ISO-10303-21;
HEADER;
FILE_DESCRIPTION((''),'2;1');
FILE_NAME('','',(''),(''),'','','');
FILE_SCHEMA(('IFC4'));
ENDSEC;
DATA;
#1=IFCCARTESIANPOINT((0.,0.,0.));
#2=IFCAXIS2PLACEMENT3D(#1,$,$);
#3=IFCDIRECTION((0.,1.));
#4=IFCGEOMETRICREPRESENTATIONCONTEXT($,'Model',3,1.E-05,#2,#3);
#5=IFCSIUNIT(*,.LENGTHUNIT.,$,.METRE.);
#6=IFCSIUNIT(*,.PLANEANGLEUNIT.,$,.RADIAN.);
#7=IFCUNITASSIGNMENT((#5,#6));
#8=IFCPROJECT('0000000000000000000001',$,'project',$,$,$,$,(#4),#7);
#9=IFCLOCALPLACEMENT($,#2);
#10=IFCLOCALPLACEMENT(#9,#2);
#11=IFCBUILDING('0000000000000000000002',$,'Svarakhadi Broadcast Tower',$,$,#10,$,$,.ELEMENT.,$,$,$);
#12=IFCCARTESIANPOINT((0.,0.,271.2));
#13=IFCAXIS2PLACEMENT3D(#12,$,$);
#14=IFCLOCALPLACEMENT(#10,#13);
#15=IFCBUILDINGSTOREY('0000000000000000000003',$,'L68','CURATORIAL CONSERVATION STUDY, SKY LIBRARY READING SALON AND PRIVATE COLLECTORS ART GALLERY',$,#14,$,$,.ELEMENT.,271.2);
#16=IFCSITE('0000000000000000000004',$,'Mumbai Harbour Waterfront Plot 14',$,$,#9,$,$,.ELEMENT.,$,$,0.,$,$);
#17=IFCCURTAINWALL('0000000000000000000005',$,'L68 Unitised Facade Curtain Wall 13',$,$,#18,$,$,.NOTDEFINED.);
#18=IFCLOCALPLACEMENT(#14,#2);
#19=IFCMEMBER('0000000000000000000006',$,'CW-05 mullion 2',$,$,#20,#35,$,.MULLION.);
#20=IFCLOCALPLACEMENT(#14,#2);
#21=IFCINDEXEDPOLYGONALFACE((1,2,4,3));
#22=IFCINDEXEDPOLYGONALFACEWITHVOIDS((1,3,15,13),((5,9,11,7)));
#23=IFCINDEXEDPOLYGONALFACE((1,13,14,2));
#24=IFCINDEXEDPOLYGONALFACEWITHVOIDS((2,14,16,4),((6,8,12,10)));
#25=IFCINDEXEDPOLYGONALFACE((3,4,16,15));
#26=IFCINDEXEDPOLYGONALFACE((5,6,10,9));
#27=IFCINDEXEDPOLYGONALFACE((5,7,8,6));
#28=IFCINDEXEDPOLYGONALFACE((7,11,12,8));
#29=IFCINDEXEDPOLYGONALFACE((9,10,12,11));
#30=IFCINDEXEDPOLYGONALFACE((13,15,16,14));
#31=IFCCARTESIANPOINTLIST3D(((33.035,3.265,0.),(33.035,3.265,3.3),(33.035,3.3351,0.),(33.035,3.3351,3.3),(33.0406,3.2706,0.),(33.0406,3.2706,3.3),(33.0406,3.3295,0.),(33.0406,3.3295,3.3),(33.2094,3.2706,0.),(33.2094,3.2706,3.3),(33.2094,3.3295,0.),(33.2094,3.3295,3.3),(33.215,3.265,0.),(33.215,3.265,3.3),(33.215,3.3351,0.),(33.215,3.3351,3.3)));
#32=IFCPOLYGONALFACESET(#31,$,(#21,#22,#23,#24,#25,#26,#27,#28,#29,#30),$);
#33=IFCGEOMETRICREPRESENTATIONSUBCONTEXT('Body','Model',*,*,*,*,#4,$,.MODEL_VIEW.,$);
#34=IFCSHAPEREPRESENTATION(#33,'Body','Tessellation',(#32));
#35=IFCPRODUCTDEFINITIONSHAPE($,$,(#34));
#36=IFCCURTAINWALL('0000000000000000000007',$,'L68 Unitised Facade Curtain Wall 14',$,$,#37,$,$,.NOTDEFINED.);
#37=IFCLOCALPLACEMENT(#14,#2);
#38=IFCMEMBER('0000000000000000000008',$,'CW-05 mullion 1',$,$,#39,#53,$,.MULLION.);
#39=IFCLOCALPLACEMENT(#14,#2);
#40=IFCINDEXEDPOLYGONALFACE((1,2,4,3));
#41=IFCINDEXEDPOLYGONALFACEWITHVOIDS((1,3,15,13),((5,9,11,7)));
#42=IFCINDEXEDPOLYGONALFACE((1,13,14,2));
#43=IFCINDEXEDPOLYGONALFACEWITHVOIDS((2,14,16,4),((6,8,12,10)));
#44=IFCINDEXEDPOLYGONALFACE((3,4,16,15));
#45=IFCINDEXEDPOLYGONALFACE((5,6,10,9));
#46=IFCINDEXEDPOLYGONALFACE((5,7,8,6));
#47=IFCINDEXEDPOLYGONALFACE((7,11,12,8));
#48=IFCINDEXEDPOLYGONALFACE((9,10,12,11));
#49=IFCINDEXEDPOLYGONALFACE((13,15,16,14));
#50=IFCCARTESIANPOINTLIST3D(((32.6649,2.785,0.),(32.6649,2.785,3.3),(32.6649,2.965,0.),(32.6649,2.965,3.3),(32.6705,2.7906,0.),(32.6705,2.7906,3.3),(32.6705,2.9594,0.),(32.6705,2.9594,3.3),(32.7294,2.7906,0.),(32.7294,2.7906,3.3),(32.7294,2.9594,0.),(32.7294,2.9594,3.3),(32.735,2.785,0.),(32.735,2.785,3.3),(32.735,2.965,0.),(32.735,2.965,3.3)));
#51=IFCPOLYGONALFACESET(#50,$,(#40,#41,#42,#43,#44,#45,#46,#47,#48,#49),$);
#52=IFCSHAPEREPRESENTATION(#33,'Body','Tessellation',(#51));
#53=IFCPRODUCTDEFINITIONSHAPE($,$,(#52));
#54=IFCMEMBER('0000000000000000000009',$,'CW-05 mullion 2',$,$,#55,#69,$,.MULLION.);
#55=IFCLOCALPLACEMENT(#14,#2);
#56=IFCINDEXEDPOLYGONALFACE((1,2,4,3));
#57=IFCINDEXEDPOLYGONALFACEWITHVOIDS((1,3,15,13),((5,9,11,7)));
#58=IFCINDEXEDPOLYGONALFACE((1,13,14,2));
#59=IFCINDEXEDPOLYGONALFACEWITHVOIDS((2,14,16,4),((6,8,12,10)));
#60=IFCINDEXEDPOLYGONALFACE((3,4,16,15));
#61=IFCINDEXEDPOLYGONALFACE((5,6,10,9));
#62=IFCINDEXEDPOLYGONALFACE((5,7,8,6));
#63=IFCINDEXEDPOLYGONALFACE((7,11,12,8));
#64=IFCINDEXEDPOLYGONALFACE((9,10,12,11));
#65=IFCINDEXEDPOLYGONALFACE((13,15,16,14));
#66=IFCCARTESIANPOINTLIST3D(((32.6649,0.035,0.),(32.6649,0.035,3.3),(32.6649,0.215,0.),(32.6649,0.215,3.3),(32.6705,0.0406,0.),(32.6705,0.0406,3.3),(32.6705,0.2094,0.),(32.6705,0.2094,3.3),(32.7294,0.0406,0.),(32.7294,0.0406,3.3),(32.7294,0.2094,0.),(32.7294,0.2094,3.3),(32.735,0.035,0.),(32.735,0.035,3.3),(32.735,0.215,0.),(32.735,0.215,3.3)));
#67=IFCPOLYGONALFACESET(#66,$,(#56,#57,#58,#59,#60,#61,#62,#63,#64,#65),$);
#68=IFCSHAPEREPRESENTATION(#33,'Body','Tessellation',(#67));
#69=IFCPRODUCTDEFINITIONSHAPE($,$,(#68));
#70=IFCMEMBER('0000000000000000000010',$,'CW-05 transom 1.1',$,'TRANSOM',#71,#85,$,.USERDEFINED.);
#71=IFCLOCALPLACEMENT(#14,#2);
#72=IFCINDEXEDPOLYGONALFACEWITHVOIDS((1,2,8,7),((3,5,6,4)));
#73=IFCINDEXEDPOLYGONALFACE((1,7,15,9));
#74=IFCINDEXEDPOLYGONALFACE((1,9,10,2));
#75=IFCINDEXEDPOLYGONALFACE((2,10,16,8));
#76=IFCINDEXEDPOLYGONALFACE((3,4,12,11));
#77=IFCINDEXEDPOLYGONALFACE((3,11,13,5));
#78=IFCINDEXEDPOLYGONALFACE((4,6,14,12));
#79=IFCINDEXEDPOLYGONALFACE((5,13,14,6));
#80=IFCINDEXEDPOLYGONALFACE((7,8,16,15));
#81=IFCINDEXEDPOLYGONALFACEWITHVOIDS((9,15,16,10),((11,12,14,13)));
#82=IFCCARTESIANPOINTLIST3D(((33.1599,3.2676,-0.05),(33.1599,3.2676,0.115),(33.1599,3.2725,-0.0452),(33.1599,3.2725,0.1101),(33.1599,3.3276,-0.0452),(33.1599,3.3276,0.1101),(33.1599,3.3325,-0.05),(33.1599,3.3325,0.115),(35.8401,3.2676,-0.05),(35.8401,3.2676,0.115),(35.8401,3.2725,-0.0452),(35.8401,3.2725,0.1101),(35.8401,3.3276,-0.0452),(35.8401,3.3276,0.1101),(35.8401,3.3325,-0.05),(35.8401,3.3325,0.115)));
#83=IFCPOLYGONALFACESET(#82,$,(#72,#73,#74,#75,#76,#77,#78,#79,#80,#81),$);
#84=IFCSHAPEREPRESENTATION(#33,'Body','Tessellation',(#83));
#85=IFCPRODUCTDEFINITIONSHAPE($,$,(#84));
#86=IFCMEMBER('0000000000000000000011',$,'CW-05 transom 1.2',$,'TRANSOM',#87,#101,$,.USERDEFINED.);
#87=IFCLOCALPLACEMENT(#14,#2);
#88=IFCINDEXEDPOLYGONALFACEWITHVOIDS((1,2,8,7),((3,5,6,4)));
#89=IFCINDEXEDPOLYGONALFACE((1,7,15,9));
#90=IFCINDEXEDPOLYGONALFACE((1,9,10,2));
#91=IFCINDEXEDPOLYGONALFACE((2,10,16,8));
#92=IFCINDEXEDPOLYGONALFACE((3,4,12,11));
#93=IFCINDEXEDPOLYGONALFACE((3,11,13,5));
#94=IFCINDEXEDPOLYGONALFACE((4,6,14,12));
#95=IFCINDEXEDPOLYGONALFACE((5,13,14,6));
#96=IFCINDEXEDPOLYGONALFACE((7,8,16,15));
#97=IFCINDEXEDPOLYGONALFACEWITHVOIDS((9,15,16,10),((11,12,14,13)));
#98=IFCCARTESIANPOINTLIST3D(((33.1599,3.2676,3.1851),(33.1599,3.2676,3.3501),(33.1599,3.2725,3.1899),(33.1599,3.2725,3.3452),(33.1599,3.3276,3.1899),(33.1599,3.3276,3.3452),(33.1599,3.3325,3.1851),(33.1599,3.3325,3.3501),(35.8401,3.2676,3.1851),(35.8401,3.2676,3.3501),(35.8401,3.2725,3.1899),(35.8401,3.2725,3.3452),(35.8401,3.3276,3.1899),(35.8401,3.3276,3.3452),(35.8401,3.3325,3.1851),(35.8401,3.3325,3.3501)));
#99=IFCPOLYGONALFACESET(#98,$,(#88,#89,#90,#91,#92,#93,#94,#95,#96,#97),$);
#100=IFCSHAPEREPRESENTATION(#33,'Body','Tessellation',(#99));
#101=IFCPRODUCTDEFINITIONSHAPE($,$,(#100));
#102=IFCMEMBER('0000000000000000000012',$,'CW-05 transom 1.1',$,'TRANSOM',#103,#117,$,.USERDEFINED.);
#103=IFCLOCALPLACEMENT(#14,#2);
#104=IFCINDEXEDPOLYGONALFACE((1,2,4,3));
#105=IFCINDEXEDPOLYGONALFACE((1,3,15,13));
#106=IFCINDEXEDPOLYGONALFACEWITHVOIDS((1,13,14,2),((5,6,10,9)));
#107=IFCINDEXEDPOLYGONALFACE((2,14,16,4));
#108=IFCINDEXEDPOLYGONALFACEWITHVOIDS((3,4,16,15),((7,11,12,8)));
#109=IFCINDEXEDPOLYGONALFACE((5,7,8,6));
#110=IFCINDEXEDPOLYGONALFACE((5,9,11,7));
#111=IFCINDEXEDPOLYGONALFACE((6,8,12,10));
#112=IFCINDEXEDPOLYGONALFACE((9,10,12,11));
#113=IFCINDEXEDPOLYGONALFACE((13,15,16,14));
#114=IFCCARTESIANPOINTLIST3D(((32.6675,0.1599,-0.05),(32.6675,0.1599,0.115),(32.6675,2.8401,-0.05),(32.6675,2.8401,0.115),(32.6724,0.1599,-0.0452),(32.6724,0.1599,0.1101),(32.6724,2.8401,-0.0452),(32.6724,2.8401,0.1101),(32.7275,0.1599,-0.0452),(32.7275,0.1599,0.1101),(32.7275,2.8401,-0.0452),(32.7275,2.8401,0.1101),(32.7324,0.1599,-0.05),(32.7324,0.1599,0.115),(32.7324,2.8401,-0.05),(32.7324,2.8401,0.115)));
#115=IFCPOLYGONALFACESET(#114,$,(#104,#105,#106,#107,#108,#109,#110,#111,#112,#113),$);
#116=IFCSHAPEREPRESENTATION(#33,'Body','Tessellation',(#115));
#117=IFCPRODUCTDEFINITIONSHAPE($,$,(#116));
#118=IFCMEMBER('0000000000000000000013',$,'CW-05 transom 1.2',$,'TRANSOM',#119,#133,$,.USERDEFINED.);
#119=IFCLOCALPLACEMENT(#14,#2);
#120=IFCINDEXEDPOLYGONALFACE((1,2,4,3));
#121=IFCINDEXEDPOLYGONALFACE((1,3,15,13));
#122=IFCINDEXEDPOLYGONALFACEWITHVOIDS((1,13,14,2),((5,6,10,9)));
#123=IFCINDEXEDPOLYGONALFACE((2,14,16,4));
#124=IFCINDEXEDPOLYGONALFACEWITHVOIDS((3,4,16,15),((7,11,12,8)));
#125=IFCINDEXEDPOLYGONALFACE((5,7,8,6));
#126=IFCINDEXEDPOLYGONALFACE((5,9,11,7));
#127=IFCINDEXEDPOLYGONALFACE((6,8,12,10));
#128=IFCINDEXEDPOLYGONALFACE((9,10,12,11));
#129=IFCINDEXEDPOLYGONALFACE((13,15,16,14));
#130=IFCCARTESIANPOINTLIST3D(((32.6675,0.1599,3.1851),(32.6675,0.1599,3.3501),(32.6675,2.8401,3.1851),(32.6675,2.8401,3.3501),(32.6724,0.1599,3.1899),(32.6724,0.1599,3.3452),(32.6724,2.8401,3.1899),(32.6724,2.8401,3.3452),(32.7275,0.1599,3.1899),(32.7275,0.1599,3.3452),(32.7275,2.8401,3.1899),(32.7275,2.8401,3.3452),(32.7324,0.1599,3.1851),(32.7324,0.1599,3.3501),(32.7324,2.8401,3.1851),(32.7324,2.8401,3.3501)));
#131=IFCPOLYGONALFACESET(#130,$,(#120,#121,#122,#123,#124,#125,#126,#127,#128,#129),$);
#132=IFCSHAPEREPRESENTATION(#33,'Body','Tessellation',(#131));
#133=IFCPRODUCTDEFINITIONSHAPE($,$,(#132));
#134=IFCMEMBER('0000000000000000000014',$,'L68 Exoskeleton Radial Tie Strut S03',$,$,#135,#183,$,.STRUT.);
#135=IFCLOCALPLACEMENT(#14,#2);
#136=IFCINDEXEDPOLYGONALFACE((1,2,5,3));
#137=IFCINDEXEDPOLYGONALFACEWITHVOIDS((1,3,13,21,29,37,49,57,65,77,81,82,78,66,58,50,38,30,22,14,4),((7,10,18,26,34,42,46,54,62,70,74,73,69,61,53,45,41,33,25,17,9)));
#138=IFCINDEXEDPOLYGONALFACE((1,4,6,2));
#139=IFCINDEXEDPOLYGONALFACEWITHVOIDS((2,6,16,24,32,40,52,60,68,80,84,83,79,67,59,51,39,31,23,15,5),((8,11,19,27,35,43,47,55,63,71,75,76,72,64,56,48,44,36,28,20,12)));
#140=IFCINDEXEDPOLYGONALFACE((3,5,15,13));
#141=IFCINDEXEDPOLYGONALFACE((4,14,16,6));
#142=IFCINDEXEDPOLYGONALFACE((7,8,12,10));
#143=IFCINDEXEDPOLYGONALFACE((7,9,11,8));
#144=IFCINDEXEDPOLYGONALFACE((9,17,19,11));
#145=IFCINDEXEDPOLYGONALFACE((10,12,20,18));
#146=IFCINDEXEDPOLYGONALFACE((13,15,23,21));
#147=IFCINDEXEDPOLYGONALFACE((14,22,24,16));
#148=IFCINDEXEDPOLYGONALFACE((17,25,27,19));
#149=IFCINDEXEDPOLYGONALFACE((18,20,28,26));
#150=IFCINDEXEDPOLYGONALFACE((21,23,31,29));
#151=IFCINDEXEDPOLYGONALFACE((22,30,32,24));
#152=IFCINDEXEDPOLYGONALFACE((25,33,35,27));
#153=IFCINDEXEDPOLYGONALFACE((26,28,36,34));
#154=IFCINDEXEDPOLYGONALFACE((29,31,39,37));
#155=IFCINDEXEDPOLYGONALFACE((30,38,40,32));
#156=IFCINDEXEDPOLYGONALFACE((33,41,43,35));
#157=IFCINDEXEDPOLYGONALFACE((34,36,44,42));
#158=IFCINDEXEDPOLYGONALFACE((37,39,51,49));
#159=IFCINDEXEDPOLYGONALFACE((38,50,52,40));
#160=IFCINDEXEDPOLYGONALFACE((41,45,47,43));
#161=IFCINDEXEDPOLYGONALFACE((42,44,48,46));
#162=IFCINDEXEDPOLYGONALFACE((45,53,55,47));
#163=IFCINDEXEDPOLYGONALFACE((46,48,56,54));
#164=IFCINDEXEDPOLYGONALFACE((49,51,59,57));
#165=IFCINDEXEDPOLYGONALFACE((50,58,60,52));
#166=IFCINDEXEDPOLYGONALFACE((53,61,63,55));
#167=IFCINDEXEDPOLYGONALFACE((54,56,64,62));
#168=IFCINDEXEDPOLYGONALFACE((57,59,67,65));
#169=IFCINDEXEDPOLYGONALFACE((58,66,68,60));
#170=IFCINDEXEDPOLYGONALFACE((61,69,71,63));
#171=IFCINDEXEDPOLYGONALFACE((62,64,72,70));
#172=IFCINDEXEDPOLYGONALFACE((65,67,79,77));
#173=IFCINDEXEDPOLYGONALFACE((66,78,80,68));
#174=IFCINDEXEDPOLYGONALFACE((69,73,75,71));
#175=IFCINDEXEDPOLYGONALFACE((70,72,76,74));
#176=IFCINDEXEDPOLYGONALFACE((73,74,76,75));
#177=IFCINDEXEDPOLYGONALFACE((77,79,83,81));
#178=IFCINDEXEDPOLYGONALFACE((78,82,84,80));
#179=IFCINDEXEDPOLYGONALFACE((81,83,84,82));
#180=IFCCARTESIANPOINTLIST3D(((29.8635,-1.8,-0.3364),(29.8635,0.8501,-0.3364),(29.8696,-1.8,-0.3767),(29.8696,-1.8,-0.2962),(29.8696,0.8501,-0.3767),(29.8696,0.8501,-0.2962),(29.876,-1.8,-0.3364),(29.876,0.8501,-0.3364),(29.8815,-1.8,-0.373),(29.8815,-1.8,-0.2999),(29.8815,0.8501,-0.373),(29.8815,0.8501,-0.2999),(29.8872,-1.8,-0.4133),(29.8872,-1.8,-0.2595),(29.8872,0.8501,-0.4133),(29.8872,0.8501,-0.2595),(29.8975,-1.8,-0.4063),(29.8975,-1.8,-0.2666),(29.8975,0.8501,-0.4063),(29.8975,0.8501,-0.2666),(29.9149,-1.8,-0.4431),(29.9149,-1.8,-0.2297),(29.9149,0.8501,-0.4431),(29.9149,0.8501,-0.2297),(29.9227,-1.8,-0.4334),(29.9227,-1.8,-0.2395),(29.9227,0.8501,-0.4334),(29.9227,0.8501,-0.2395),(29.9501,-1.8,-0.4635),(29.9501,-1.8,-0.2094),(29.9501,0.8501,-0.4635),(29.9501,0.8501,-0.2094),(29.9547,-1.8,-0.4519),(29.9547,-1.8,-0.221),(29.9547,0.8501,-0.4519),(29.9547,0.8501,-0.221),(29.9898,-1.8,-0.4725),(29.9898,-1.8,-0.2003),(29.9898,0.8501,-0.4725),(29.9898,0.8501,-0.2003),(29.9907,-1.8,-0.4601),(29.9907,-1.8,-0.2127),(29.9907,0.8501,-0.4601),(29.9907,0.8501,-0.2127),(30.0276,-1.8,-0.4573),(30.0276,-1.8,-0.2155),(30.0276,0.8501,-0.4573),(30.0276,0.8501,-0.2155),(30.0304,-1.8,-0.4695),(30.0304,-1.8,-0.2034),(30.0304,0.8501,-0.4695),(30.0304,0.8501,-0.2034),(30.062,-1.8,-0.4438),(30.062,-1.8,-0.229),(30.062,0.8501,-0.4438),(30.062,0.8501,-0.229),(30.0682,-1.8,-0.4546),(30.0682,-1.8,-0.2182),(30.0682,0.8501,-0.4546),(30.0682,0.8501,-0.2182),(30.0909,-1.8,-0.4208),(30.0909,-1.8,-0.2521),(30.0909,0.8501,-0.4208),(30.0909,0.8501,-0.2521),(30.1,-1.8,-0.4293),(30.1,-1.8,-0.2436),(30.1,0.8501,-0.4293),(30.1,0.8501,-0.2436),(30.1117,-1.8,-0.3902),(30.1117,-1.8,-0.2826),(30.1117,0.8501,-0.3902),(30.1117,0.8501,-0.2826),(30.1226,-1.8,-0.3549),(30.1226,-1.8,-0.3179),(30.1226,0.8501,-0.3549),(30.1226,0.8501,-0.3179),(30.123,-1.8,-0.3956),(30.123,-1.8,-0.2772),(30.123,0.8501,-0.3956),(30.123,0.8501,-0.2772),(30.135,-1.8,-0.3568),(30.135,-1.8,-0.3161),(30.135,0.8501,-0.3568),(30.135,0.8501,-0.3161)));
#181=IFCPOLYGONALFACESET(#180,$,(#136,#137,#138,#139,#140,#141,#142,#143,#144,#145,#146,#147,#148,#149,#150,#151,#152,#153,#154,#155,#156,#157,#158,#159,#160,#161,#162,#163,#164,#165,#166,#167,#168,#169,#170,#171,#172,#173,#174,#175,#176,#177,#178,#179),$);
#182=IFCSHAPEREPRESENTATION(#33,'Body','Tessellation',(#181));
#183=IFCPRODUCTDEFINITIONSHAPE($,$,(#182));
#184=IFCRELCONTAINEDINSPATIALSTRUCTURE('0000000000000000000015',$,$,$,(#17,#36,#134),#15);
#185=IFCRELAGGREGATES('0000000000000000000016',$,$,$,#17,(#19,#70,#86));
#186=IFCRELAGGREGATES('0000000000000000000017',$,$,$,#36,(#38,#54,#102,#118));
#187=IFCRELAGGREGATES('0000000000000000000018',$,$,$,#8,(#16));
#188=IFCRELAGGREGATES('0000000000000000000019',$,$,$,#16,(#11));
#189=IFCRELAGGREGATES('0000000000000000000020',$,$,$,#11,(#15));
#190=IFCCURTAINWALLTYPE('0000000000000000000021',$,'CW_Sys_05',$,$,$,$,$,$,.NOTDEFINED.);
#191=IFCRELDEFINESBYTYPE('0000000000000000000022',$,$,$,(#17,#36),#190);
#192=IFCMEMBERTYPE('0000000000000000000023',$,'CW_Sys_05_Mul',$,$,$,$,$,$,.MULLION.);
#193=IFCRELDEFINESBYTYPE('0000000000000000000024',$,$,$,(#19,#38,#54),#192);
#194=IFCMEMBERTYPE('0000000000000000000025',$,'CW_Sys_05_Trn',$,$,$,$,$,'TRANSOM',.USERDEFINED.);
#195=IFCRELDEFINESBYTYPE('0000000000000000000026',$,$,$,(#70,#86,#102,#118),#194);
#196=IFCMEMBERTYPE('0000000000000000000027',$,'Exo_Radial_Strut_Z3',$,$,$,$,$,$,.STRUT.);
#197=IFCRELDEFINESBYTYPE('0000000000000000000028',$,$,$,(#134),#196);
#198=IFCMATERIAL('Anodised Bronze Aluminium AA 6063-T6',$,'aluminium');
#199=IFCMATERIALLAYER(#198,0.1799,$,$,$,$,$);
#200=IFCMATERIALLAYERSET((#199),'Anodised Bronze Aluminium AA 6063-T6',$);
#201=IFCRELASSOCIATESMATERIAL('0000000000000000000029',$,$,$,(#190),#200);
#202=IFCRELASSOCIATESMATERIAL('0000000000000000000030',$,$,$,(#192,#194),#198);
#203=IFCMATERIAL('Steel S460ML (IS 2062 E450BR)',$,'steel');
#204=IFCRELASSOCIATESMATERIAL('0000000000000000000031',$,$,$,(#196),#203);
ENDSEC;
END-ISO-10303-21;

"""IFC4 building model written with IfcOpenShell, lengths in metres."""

from ifc_helpers import new_model, si_unit, direction, frame, origin, origin_2d, place, context, subcontext, project, spatial, hollow_rectangle, hollow_circle, extrude, material, layer, layer_set, material_profile, profile_set, type_object, element, aggregate, save


model = new_model("IFC4")

# Units and contexts
model_context = context("Model", 3, precision=1e-05, world=origin(), true_north=direction((0.0, 1.0)))
body_context = subcontext(model_context, "Body", "Model", "MODEL_VIEW")
ifc_project = project(units=[si_unit("LENGTHUNIT", "METRE"), si_unit("PLANEANGLEUNIT", "RADIAN")], contexts=[model_context])

# Site, building, storey
site_placement = place(None, origin())
site = spatial("IfcSite", under=ifc_project, at=site_placement, Name="Mumbai Harbour Waterfront Plot 14", CompositionType="ELEMENT", RefElevation=0.0)
building_placement = place(site_placement, origin())
building = spatial("IfcBuilding", under=site, at=building_placement, Name="Svarakhadi Broadcast Tower", CompositionType="ELEMENT")
storey_placement = place(building_placement, frame((0.0, 0.0, 271.2)))
storey = spatial("IfcBuildingStorey", under=building, at=storey_placement, Name="L68", Description="CURATORIAL CONSERVATION STUDY, SKY LIBRARY READING SALON AND PRIVATE COLLECTORS ART GALLERY", CompositionType="ELEMENT", Elevation=271.2)

# Shared definitions
ifc_material_1 = material(Name="Steel S460ML (IS 2062 E450BR)", Category="steel")

# Shared definitions
ifc_material_2 = material(Name="Anodised Bronze Aluminium AA 6063-T6", Category="aluminium")
ifc_layer_1 = layer(ifc_material_2, 0.1799)
ifc_layer_set_1 = layer_set([ifc_layer_1], Name="Anodised Bronze Aluminium AA 6063-T6")
curtain_wall_type = type_object("IfcCurtainWallType", Name="CW_Sys_05", PredefinedType="NOTDEFINED", material=ifc_layer_set_1)
ifc_material_profile_1 = material_profile(ifc_material_2, hollow_rectangle(XDim=0.0701, YDim=0.1799, WallThickness=0.0056, at=origin_2d()), Name="ALU MULLION 180x70x6")
ifc_profile_set_1 = profile_set([ifc_material_profile_1], Name="Anodised Bronze Aluminium AA 6063-T6")
member_type_1 = type_object("IfcMemberType", Name="CW_Sys_05_Mul", PredefinedType="MULLION", material=ifc_profile_set_1)

# Curtain walls, members
curtain_wall_1_placement = place(storey_placement, origin())
curtain_wall_1 = element("IfcCurtainWall", 1, at=curtain_wall_1_placement, inside=storey, type_object=curtain_wall_type, Name="L68 Unitised Facade Curtain Wall 13", PredefinedType="NOTDEFINED")
member_1_placement = place(storey_placement, frame((33.125, 3.3, 0.0), z_axis=(0.0, 0.0, 1.0), x_axis=(0.0, -1.0, 0.0)))
member_1 = element("IfcMember", 2, at=member_1_placement, type_object=member_type_1, Name="CW-05 mullion 2", PredefinedType="MULLION", context=body_context, shape_type="SweptSolid", body=[
    extrude(hollow_rectangle(XDim=0.0701, YDim=0.1799, WallThickness=0.0056, at=origin_2d()), origin(), (0.0, 0.0, 1.0), 3.3),
])
curtain_wall_2_placement = place(storey_placement, origin())
curtain_wall_2 = element("IfcCurtainWall", 3, at=curtain_wall_2_placement, inside=storey, type_object=curtain_wall_type, Name="L68 Unitised Facade Curtain Wall 14", PredefinedType="NOTDEFINED")
member_2_placement = place(storey_placement, frame((32.7, 2.875, 0.0), z_axis=(0.0, 0.0, 1.0), x_axis=(1.0, 0.0, 0.0)))
member_2 = element("IfcMember", 4, at=member_2_placement, type_object=member_type_1, Name="CW-05 mullion 1", PredefinedType="MULLION", context=body_context, shape_type="SweptSolid", body=[
    extrude(hollow_rectangle(XDim=0.0701, YDim=0.1799, WallThickness=0.0056, at=origin_2d()), origin(), (0.0, 0.0, 1.0), 3.3),
])
member_3_placement = place(storey_placement, frame((32.7, 0.125, 0.0), z_axis=(0.0, 0.0, 1.0), x_axis=(1.0, 0.0, 0.0)))
member_3 = element("IfcMember", 5, at=member_3_placement, type_object=member_type_1, Name="CW-05 mullion 2", PredefinedType="MULLION", context=body_context, shape_type="SweptSolid", body=[
    extrude(hollow_rectangle(XDim=0.0701, YDim=0.1799, WallThickness=0.0056, at=origin_2d()), origin(), (0.0, 0.0, 1.0), 3.3),
])

# Members
ifc_material_profile_2 = material_profile(ifc_material_2, hollow_rectangle(XDim=0.0649, YDim=0.165, WallThickness=0.0049, at=origin_2d()), Name="ALU TRANSOM 165x65x5")
ifc_profile_set_2 = profile_set([ifc_material_profile_2], Name="Anodised Bronze Aluminium AA 6063-T6")
member_type_2 = type_object("IfcMemberType", Name="CW_Sys_05_Trn", ElementType="TRANSOM", PredefinedType="USERDEFINED", material=ifc_profile_set_2)
member_4_placement = place(storey_placement, frame((35.8401, 3.3, 0.0325), z_axis=(-1.0, 0.0, 0.0), x_axis=(0.0, -1.0, 0.0)))
member_4 = element("IfcMember", 6, at=member_4_placement, type_object=member_type_2, Name="CW-05 transom 1.1", ObjectType="TRANSOM", PredefinedType="USERDEFINED", context=body_context, shape_type="SweptSolid", body=[
    extrude(hollow_rectangle(XDim=0.0649, YDim=0.165, WallThickness=0.0049, at=origin_2d()), origin(), (0.0, 0.0, 1.0), 2.6802),
])
member_5_placement = place(storey_placement, frame((35.8401, 3.3, 3.2676), z_axis=(-1.0, 0.0, 0.0), x_axis=(0.0, -1.0, 0.0)))
member_5 = element("IfcMember", 7, at=member_5_placement, type_object=member_type_2, Name="CW-05 transom 1.2", ObjectType="TRANSOM", PredefinedType="USERDEFINED", context=body_context, shape_type="SweptSolid", body=[
    extrude(hollow_rectangle(XDim=0.0649, YDim=0.165, WallThickness=0.0049, at=origin_2d()), origin(), (0.0, 0.0, 1.0), 2.6802),
])
member_6_placement = place(storey_placement, frame((32.7, 2.8401, 0.0325), z_axis=(0.0, -1.0, 0.0), x_axis=(1.0, 0.0, 0.0)))
member_6 = element("IfcMember", 8, at=member_6_placement, type_object=member_type_2, Name="CW-05 transom 1.1", ObjectType="TRANSOM", PredefinedType="USERDEFINED", context=body_context, shape_type="SweptSolid", body=[
    extrude(hollow_rectangle(XDim=0.0649, YDim=0.165, WallThickness=0.0049, at=origin_2d()), origin(), (0.0, 0.0, 1.0), 2.6802),
])
member_7_placement = place(storey_placement, frame((32.7, 2.8401, 3.2676), z_axis=(0.0, -1.0, 0.0), x_axis=(1.0, 0.0, 0.0)))
member_7 = element("IfcMember", 9, at=member_7_placement, type_object=member_type_2, Name="CW-05 transom 1.2", ObjectType="TRANSOM", PredefinedType="USERDEFINED", context=body_context, shape_type="SweptSolid", body=[
    extrude(hollow_rectangle(XDim=0.0649, YDim=0.165, WallThickness=0.0049, at=origin_2d()), origin(), (0.0, 0.0, 1.0), 2.6802),
])
ifc_material_profile_3 = material_profile(ifc_material_1, hollow_circle(Radius=0.1365, WallThickness=0.0125, at=origin_2d()), Name="CHS 273x12.5")
ifc_profile_set_3 = profile_set([ifc_material_profile_3], Name="Steel S460ML (IS 2062 E450BR)")
member_type_3 = type_object("IfcMemberType", Name="Exo_Radial_Strut_Z3", PredefinedType="STRUT", material=ifc_profile_set_3)
member_8_placement = place(storey_placement, frame((30.0, -1.8, -0.3364), z_axis=(0.0, 1.0, 0.0), x_axis=(-1.0, 0.0, 0.0)))
element("IfcMember", 10, at=member_8_placement, inside=storey, type_object=member_type_3, Name="L68 Exoskeleton Radial Tie Strut S03", PredefinedType="STRUT", context=body_context, shape_type="SweptSolid", body=[
    extrude(hollow_circle(Radius=0.1365, WallThickness=0.0125, at=origin_2d()), origin(), (0.0, 0.0, 1.0), 2.6501),
])

aggregate(curtain_wall_1, [member_1, member_4, member_5])
aggregate(curtain_wall_2, [member_2, member_3, member_6, member_7])

save(model, "model.ifc")
